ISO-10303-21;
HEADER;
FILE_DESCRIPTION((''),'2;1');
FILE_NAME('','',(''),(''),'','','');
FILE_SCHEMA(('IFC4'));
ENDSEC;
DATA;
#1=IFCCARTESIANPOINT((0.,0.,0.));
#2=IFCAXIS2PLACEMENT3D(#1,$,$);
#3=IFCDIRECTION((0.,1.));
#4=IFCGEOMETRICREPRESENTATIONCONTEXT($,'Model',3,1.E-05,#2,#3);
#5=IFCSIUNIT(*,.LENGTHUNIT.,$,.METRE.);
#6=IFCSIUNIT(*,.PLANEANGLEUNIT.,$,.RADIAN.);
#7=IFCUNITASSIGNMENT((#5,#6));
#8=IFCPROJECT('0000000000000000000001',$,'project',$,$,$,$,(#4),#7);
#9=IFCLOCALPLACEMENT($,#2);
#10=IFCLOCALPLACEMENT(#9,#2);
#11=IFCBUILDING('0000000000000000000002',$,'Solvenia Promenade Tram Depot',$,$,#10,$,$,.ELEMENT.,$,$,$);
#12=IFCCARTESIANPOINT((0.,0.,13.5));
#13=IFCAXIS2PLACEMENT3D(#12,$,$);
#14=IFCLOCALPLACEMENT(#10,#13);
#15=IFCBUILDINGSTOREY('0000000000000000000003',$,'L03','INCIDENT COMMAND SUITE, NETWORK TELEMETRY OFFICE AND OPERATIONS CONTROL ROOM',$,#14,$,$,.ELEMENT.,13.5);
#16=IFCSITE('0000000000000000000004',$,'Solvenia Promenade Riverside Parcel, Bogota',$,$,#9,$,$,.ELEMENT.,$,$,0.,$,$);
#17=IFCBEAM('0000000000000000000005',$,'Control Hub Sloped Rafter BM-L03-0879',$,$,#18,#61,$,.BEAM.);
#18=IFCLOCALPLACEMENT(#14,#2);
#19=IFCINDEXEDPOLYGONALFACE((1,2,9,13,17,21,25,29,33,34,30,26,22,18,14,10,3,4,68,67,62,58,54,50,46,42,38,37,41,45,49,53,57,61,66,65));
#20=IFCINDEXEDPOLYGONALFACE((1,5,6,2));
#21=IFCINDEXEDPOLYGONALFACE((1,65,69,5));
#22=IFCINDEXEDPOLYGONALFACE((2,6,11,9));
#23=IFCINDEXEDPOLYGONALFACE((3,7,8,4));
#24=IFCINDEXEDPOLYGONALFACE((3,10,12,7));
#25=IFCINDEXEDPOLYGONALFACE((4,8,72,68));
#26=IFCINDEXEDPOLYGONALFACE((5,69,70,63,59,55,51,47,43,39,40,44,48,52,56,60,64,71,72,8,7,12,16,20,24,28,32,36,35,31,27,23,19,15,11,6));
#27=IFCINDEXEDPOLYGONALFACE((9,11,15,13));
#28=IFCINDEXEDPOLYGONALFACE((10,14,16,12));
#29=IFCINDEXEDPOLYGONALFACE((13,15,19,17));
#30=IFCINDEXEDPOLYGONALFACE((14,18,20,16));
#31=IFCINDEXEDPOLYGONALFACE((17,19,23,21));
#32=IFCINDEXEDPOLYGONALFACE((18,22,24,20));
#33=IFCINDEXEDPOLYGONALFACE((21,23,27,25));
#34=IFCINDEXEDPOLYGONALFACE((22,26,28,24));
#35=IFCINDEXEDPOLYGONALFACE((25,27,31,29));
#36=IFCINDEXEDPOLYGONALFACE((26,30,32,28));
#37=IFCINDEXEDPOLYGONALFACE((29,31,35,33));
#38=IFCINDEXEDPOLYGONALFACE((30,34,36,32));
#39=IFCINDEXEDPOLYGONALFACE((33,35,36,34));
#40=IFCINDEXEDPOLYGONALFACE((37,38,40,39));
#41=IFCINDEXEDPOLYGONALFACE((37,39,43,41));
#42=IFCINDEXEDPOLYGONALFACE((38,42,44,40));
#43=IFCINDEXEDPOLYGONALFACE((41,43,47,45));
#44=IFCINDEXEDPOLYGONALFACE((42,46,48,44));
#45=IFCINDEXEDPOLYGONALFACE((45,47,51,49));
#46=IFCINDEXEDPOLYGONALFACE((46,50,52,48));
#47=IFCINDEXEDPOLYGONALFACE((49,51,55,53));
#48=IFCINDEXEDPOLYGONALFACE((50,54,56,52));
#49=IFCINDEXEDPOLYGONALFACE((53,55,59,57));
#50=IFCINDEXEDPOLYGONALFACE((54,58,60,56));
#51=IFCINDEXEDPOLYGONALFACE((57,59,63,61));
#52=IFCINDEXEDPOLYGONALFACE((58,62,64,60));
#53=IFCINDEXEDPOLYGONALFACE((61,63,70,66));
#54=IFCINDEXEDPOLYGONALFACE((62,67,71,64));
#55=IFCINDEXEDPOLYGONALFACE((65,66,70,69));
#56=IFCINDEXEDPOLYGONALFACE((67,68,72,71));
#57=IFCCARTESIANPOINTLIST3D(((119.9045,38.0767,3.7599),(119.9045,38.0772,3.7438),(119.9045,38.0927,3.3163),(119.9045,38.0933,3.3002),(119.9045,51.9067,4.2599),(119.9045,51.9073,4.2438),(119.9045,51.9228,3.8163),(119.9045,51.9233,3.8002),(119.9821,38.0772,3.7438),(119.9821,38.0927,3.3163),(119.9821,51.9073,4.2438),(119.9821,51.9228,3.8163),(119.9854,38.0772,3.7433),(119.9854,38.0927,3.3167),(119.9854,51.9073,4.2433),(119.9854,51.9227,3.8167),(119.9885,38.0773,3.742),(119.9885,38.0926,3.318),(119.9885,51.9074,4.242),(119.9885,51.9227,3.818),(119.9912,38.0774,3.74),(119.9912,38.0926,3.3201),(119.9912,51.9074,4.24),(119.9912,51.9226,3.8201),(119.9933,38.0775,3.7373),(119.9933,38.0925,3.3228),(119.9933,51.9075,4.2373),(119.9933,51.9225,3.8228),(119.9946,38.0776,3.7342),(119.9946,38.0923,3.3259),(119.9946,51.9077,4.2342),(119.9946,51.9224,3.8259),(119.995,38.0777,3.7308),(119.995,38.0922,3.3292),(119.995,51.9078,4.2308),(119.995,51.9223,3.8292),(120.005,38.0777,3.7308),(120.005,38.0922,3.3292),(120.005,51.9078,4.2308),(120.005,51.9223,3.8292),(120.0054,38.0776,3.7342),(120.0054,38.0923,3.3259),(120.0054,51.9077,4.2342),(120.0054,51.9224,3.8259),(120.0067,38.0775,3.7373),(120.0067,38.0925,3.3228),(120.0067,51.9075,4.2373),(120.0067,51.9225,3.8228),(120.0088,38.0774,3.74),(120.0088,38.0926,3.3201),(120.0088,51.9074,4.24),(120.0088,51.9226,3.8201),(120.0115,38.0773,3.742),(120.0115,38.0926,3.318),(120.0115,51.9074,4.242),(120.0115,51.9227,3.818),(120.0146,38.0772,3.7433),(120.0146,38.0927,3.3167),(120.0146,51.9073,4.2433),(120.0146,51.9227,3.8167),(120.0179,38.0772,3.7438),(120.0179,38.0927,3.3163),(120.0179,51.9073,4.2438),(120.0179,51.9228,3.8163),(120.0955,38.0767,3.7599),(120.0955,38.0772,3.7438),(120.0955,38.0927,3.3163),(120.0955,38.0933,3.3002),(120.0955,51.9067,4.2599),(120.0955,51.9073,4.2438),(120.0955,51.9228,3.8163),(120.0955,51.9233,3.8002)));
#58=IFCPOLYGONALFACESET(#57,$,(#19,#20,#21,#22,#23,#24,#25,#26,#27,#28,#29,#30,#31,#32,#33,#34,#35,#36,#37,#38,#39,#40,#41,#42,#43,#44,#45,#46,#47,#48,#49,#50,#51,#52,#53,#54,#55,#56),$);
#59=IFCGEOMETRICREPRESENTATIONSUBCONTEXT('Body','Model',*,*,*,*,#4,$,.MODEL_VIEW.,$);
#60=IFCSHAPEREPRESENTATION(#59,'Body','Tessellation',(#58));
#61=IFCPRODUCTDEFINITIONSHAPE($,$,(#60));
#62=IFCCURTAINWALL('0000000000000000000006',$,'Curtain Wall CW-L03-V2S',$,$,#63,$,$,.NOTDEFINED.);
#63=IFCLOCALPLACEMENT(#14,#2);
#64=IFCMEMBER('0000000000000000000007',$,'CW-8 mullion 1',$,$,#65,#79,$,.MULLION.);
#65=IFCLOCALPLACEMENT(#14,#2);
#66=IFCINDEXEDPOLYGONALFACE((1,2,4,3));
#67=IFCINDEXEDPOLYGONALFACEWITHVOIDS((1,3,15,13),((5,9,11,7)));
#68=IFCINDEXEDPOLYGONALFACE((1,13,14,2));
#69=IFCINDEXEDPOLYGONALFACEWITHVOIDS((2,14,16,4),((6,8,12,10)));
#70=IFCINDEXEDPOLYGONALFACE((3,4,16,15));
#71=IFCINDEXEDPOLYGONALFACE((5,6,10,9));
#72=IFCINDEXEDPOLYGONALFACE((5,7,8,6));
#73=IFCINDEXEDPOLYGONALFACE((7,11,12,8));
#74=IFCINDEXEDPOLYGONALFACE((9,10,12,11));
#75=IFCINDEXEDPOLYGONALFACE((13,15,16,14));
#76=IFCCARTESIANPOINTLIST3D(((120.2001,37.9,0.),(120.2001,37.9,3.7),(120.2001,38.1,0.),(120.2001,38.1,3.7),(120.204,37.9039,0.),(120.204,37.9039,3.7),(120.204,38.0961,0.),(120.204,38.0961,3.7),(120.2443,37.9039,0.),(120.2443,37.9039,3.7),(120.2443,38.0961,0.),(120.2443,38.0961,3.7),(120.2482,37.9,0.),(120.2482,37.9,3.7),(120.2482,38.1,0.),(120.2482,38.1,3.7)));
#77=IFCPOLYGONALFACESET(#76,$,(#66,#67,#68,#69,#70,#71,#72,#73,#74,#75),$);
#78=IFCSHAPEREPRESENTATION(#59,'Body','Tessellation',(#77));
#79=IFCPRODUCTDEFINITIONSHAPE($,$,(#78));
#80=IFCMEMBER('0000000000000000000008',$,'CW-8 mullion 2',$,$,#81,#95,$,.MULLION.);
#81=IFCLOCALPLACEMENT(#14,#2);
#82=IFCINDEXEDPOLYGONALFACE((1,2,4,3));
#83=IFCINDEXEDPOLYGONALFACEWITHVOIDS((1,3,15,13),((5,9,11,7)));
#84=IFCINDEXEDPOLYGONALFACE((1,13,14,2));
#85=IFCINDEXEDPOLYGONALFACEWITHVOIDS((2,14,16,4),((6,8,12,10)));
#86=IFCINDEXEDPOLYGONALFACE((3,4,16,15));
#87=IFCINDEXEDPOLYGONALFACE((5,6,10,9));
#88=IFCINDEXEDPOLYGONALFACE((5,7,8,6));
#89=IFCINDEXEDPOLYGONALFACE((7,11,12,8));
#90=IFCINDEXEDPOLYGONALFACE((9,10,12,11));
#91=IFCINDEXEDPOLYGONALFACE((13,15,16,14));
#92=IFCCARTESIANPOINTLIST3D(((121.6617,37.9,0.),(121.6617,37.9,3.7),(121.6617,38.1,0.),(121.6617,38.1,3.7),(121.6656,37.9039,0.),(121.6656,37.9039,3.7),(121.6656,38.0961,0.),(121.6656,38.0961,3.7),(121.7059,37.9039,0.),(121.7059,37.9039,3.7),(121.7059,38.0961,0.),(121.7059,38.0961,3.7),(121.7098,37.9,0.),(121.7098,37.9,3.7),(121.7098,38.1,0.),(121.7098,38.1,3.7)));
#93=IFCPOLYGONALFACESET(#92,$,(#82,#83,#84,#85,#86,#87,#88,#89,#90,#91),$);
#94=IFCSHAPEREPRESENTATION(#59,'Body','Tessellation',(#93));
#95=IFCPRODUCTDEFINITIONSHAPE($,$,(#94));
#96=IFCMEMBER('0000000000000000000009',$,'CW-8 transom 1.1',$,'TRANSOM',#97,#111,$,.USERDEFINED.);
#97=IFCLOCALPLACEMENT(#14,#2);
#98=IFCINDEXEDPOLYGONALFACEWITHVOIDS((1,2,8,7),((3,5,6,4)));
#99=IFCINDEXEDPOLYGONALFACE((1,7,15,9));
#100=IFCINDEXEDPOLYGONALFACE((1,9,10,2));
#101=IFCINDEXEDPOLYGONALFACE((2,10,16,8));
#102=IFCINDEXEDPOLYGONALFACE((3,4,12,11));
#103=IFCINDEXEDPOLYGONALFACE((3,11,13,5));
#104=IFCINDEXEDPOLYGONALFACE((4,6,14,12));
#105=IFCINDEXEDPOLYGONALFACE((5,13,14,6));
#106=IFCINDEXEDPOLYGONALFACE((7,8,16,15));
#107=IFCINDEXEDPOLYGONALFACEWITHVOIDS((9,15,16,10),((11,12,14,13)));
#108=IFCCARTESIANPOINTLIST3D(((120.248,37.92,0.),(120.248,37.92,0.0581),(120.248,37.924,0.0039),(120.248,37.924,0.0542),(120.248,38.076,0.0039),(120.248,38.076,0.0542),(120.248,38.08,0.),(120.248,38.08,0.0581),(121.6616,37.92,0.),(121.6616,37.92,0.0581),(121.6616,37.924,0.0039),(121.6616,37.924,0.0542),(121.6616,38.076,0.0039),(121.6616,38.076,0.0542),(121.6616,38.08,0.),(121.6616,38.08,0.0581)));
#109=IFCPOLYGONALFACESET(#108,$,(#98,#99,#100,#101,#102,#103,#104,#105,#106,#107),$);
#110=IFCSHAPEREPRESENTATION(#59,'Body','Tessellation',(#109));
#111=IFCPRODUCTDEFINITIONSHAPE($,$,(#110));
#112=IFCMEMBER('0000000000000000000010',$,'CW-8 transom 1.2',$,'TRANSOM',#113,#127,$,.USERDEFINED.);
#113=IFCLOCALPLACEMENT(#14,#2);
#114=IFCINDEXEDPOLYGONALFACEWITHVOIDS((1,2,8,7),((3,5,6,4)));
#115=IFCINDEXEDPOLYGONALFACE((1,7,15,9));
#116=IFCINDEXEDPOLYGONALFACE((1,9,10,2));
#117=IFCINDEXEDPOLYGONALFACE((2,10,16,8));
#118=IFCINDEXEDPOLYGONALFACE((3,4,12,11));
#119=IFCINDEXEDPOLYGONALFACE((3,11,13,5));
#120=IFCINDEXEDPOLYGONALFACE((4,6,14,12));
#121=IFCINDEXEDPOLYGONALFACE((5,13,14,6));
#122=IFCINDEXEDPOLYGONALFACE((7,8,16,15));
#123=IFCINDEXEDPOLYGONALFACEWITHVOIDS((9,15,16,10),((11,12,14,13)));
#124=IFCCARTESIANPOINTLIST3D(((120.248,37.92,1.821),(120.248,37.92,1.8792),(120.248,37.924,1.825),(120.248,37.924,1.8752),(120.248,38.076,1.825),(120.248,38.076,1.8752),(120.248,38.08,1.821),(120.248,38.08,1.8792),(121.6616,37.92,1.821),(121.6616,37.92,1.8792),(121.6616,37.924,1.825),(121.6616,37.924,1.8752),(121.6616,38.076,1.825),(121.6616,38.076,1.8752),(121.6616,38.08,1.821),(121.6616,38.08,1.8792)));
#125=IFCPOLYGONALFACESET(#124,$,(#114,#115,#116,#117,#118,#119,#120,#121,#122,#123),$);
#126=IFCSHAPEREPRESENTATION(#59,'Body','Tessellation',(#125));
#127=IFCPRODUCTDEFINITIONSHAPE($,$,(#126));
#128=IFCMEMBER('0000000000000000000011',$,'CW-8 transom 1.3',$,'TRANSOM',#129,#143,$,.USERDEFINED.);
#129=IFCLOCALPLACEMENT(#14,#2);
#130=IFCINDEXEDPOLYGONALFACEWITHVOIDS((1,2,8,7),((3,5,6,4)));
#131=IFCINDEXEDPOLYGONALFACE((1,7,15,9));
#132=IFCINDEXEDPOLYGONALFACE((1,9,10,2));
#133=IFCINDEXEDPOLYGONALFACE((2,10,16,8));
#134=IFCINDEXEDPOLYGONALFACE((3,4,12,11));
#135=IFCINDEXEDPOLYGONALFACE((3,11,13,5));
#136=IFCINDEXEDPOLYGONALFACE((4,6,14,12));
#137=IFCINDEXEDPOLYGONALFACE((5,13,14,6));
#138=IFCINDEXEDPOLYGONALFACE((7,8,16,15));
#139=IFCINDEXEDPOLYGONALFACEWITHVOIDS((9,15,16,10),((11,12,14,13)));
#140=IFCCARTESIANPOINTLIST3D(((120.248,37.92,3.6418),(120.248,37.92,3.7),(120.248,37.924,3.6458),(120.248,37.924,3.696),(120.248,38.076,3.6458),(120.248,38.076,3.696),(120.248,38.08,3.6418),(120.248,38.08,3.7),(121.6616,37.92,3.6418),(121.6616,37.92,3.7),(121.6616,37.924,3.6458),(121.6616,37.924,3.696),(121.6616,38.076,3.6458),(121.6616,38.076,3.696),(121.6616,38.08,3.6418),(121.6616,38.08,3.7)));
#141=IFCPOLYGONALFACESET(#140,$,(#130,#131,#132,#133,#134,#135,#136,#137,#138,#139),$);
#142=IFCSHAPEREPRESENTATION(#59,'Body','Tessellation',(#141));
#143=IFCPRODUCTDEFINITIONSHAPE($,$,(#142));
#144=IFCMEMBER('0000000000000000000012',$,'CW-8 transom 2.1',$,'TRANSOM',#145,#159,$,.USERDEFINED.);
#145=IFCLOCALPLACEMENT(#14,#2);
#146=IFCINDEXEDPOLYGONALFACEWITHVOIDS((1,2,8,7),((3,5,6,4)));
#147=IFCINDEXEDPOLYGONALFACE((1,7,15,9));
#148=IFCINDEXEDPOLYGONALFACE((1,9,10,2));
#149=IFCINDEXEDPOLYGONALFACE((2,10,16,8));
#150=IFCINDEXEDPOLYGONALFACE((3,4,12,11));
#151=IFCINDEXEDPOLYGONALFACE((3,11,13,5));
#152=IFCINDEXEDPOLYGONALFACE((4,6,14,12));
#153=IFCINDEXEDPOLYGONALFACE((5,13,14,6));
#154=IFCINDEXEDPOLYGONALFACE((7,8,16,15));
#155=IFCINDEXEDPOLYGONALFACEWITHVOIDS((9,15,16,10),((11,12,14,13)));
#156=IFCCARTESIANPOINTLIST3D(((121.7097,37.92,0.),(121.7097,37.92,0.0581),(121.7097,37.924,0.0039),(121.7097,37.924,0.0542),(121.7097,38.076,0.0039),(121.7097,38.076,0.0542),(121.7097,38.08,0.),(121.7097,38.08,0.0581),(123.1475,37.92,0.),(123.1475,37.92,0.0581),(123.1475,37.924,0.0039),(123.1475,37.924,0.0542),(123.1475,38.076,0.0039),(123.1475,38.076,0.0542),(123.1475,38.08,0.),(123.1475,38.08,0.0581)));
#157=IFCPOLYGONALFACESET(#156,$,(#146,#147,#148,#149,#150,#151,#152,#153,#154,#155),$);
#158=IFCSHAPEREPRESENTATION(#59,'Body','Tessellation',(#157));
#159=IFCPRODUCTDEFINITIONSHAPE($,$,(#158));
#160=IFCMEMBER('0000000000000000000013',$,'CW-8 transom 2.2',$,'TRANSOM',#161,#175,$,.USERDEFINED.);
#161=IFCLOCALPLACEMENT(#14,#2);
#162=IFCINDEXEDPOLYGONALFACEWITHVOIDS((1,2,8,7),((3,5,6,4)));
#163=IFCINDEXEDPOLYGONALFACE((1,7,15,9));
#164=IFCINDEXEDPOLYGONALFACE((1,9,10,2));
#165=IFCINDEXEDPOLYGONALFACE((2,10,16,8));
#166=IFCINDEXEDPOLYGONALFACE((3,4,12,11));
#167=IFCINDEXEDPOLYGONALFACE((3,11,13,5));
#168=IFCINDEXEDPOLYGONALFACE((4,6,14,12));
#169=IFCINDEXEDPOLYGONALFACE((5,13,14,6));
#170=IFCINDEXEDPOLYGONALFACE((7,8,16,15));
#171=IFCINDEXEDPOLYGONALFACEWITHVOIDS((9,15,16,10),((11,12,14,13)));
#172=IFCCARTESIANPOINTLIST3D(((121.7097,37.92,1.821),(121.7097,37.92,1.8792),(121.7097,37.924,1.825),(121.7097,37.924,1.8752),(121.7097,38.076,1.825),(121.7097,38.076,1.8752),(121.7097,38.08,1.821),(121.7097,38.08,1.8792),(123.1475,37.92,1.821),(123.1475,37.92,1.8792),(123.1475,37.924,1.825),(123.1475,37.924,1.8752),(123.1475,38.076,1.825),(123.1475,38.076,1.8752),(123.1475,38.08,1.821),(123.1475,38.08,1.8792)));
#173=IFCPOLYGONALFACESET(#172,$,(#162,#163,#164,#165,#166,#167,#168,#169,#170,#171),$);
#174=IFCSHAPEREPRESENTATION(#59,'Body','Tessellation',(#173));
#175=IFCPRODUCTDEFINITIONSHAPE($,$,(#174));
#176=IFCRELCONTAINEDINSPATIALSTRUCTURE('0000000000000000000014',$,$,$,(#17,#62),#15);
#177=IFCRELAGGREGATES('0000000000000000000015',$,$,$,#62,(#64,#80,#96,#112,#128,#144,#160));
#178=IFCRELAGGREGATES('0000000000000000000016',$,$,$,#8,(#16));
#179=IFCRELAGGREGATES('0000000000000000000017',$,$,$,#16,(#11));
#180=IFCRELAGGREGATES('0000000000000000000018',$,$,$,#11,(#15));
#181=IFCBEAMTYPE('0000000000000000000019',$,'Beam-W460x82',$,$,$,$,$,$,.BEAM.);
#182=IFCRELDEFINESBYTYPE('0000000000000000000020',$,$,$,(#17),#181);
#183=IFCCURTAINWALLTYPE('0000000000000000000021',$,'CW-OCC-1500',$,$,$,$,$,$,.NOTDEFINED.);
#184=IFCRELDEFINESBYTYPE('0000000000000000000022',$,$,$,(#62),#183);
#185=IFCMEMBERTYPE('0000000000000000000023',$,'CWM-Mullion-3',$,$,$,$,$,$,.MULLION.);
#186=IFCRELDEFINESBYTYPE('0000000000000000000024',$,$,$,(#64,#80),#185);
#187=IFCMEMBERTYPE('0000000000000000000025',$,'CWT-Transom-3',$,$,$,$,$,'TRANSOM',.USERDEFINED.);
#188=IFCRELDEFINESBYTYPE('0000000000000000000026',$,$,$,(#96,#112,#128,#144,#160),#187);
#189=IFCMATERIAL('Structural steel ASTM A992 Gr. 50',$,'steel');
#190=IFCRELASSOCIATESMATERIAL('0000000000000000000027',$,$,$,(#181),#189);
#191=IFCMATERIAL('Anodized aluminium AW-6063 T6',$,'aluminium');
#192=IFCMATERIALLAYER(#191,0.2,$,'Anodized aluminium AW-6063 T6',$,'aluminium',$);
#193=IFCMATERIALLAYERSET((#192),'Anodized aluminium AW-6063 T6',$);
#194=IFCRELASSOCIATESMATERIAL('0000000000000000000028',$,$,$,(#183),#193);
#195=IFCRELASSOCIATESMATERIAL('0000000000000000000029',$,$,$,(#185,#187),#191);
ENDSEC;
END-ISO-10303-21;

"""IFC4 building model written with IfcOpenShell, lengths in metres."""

from ifc_helpers import new_model, si_unit, direction, frame, origin, origin_2d, place, context, subcontext, project, spatial, hollow_rectangle, i_section, extrude, material, layer, layer_set, material_profile, profile_set, type_object, element, aggregate, save


model = new_model("IFC4")

# Units and contexts
model_context = context("Model", 3, precision=1e-05, world=origin(), true_north=direction((0.0, 1.0)))
body_context = subcontext(model_context, "Body", "Model", "MODEL_VIEW")
ifc_project = project(units=[si_unit("LENGTHUNIT", "METRE"), si_unit("PLANEANGLEUNIT", "RADIAN")], contexts=[model_context])

# Site, building, storey
site_placement = place(None, origin())
site = spatial("IfcSite", under=ifc_project, at=site_placement, Name="Solvenia Promenade Riverside Parcel, Bogota", CompositionType="ELEMENT", RefElevation=0.0)
building_placement = place(site_placement, origin())
building = spatial("IfcBuilding", under=site, at=building_placement, Name="Solvenia Promenade Tram Depot", CompositionType="ELEMENT")
storey_placement = place(building_placement, frame((0.0, 0.0, 13.5)))
storey = spatial("IfcBuildingStorey", under=building, at=storey_placement, Name="L03", Description="INCIDENT COMMAND SUITE, NETWORK TELEMETRY OFFICE AND OPERATIONS CONTROL ROOM", CompositionType="ELEMENT", Elevation=13.5)

# Beam
ifc_material_1 = material(Name="Structural steel ASTM A992 Gr. 50", Category="steel")
ifc_material_profile_1 = material_profile(ifc_material_1, i_section(OverallWidth=0.1909, OverallDepth=0.46, WebThickness=0.01, FlangeThickness=0.0161, FilletRadius=0.0129, at=origin_2d()), Name="W460x82", Category="steel")
ifc_profile_set_1 = profile_set([ifc_material_profile_1], Name="Structural steel ASTM A992 Gr. 50")
beam_type_1 = type_object("IfcBeamType", Name="Beam-W460x82", PredefinedType="BEAM", material=ifc_profile_set_1)
beam_1_placement = place(storey_placement, frame((120.0, 38.085, 3.53), z_axis=(0.0, 0.999347, 0.036129), x_axis=(-1.0, 0.0, 0.0)))
element("IfcBeam", 1, at=beam_1_placement, inside=storey, type_object=beam_type_1, Name="Control Hub Sloped Rafter BM-L03-0879", PredefinedType="BEAM", context=body_context, shape_type="SweptSolid", body=[
    extrude(i_section(OverallWidth=0.1909, OverallDepth=0.46, WebThickness=0.01, FlangeThickness=0.0161, FilletRadius=0.0129, at=origin_2d()), origin(), (0.0, 0.0, 1.0), 13.8391),
])

# Curtain wall, members
ifc_material_2 = material(Name="Anodized aluminium AW-6063 T6", Category="aluminium")
ifc_layer_1 = layer(ifc_material_2, 0.2, Name="Anodized aluminium AW-6063 T6", Category="aluminium")
ifc_layer_set_1 = layer_set([ifc_layer_1], Name="Anodized aluminium AW-6063 T6")
curtain_wall_type = type_object("IfcCurtainWallType", Name="CW-OCC-1500", PredefinedType="NOTDEFINED", material=ifc_layer_set_1)
curtain_wall_placement = place(storey_placement, origin())
curtain_wall = element("IfcCurtainWall", 2, at=curtain_wall_placement, inside=storey, type_object=curtain_wall_type, Name="Curtain Wall CW-L03-V2S", PredefinedType="NOTDEFINED")
ifc_material_profile_2 = material_profile(ifc_material_2, hollow_rectangle(XDim=0.2, YDim=0.0481, WallThickness=0.0039, at=origin_2d()), Name="ALU-M3", Category="aluminium")
ifc_profile_set_2 = profile_set([ifc_material_profile_2], Name="Anodized aluminium AW-6063 T6")
member_type_1 = type_object("IfcMemberType", Name="CWM-Mullion-3", PredefinedType="MULLION", material=ifc_profile_set_2)
member_1_placement = place(storey_placement, frame((120.2241, 38.0, 0.0), z_axis=(0.0, 0.0, 1.0), x_axis=(0.0, 1.0, 0.0)))
member_1 = element("IfcMember", 3, at=member_1_placement, type_object=member_type_1, Name="CW-8 mullion 1", PredefinedType="MULLION", context=body_context, shape_type="SweptSolid", body=[
    extrude(hollow_rectangle(XDim=0.2, YDim=0.0481, WallThickness=0.0039, at=origin_2d()), origin(), (0.0, 0.0, 1.0), 3.7),
])
member_2_placement = place(storey_placement, frame((121.6858, 38.0, 0.0), z_axis=(0.0, 0.0, 1.0), x_axis=(0.0, 1.0, 0.0)))
member_2 = element("IfcMember", 4, at=member_2_placement, type_object=member_type_1, Name="CW-8 mullion 2", PredefinedType="MULLION", context=body_context, shape_type="SweptSolid", body=[
    extrude(hollow_rectangle(XDim=0.2, YDim=0.0481, WallThickness=0.0039, at=origin_2d()), origin(), (0.0, 0.0, 1.0), 3.7),
])
ifc_material_profile_3 = material_profile(ifc_material_2, hollow_rectangle(XDim=0.1599, YDim=0.0581, WallThickness=0.0039, at=origin_2d()), Name="ALU-T3", Category="aluminium")
ifc_profile_set_3 = profile_set([ifc_material_profile_3], Name="Anodized aluminium AW-6063 T6")
member_type_2 = type_object("IfcMemberType", Name="CWT-Transom-3", ElementType="TRANSOM", PredefinedType="USERDEFINED", material=ifc_profile_set_3)
member_3_placement = place(storey_placement, frame((120.248, 38.0, 0.0291), z_axis=(1.0, 0.0, 0.0), x_axis=(0.0, 1.0, 0.0)))
member_3 = element("IfcMember", 5, at=member_3_placement, type_object=member_type_2, Name="CW-8 transom 1.1", ObjectType="TRANSOM", PredefinedType="USERDEFINED", context=body_context, shape_type="SweptSolid", body=[
    extrude(hollow_rectangle(XDim=0.1599, YDim=0.0581, WallThickness=0.0039, at=origin_2d()), origin(), (0.0, 0.0, 1.0), 1.4136),
])
member_4_placement = place(storey_placement, frame((120.248, 38.0, 1.8501), z_axis=(1.0, 0.0, 0.0), x_axis=(0.0, 1.0, 0.0)))
member_4 = element("IfcMember", 6, at=member_4_placement, type_object=member_type_2, Name="CW-8 transom 1.2", ObjectType="TRANSOM", PredefinedType="USERDEFINED", context=body_context, shape_type="SweptSolid", body=[
    extrude(hollow_rectangle(XDim=0.1599, YDim=0.0581, WallThickness=0.0039, at=origin_2d()), origin(), (0.0, 0.0, 1.0), 1.4136),
])
member_5_placement = place(storey_placement, frame((120.248, 38.0, 3.6709), z_axis=(1.0, 0.0, 0.0), x_axis=(0.0, 1.0, 0.0)))
member_5 = element("IfcMember", 7, at=member_5_placement, type_object=member_type_2, Name="CW-8 transom 1.3", ObjectType="TRANSOM", PredefinedType="USERDEFINED", context=body_context, shape_type="SweptSolid", body=[
    extrude(hollow_rectangle(XDim=0.1599, YDim=0.0581, WallThickness=0.0039, at=origin_2d()), origin(), (0.0, 0.0, 1.0), 1.4136),
])
member_6_placement = place(storey_placement, frame((121.7097, 38.0, 0.0291), z_axis=(1.0, 0.0, 0.0), x_axis=(0.0, 1.0, 0.0)))
member_6 = element("IfcMember", 8, at=member_6_placement, type_object=member_type_2, Name="CW-8 transom 2.1", ObjectType="TRANSOM", PredefinedType="USERDEFINED", context=body_context, shape_type="SweptSolid", body=[
    extrude(hollow_rectangle(XDim=0.1599, YDim=0.0581, WallThickness=0.0039, at=origin_2d()), origin(), (0.0, 0.0, 1.0), 1.4377),
])
member_7_placement = place(storey_placement, frame((121.7097, 38.0, 1.8501), z_axis=(1.0, 0.0, 0.0), x_axis=(0.0, 1.0, 0.0)))
member_7 = element("IfcMember", 9, at=member_7_placement, type_object=member_type_2, Name="CW-8 transom 2.2", ObjectType="TRANSOM", PredefinedType="USERDEFINED", context=body_context, shape_type="SweptSolid", body=[
    extrude(hollow_rectangle(XDim=0.1599, YDim=0.0581, WallThickness=0.0039, at=origin_2d()), origin(), (0.0, 0.0, 1.0), 1.4377),
])

aggregate(curtain_wall, [member_1, member_2, member_3, member_4, member_5, member_6, member_7])

save(model, "model.ifc")
